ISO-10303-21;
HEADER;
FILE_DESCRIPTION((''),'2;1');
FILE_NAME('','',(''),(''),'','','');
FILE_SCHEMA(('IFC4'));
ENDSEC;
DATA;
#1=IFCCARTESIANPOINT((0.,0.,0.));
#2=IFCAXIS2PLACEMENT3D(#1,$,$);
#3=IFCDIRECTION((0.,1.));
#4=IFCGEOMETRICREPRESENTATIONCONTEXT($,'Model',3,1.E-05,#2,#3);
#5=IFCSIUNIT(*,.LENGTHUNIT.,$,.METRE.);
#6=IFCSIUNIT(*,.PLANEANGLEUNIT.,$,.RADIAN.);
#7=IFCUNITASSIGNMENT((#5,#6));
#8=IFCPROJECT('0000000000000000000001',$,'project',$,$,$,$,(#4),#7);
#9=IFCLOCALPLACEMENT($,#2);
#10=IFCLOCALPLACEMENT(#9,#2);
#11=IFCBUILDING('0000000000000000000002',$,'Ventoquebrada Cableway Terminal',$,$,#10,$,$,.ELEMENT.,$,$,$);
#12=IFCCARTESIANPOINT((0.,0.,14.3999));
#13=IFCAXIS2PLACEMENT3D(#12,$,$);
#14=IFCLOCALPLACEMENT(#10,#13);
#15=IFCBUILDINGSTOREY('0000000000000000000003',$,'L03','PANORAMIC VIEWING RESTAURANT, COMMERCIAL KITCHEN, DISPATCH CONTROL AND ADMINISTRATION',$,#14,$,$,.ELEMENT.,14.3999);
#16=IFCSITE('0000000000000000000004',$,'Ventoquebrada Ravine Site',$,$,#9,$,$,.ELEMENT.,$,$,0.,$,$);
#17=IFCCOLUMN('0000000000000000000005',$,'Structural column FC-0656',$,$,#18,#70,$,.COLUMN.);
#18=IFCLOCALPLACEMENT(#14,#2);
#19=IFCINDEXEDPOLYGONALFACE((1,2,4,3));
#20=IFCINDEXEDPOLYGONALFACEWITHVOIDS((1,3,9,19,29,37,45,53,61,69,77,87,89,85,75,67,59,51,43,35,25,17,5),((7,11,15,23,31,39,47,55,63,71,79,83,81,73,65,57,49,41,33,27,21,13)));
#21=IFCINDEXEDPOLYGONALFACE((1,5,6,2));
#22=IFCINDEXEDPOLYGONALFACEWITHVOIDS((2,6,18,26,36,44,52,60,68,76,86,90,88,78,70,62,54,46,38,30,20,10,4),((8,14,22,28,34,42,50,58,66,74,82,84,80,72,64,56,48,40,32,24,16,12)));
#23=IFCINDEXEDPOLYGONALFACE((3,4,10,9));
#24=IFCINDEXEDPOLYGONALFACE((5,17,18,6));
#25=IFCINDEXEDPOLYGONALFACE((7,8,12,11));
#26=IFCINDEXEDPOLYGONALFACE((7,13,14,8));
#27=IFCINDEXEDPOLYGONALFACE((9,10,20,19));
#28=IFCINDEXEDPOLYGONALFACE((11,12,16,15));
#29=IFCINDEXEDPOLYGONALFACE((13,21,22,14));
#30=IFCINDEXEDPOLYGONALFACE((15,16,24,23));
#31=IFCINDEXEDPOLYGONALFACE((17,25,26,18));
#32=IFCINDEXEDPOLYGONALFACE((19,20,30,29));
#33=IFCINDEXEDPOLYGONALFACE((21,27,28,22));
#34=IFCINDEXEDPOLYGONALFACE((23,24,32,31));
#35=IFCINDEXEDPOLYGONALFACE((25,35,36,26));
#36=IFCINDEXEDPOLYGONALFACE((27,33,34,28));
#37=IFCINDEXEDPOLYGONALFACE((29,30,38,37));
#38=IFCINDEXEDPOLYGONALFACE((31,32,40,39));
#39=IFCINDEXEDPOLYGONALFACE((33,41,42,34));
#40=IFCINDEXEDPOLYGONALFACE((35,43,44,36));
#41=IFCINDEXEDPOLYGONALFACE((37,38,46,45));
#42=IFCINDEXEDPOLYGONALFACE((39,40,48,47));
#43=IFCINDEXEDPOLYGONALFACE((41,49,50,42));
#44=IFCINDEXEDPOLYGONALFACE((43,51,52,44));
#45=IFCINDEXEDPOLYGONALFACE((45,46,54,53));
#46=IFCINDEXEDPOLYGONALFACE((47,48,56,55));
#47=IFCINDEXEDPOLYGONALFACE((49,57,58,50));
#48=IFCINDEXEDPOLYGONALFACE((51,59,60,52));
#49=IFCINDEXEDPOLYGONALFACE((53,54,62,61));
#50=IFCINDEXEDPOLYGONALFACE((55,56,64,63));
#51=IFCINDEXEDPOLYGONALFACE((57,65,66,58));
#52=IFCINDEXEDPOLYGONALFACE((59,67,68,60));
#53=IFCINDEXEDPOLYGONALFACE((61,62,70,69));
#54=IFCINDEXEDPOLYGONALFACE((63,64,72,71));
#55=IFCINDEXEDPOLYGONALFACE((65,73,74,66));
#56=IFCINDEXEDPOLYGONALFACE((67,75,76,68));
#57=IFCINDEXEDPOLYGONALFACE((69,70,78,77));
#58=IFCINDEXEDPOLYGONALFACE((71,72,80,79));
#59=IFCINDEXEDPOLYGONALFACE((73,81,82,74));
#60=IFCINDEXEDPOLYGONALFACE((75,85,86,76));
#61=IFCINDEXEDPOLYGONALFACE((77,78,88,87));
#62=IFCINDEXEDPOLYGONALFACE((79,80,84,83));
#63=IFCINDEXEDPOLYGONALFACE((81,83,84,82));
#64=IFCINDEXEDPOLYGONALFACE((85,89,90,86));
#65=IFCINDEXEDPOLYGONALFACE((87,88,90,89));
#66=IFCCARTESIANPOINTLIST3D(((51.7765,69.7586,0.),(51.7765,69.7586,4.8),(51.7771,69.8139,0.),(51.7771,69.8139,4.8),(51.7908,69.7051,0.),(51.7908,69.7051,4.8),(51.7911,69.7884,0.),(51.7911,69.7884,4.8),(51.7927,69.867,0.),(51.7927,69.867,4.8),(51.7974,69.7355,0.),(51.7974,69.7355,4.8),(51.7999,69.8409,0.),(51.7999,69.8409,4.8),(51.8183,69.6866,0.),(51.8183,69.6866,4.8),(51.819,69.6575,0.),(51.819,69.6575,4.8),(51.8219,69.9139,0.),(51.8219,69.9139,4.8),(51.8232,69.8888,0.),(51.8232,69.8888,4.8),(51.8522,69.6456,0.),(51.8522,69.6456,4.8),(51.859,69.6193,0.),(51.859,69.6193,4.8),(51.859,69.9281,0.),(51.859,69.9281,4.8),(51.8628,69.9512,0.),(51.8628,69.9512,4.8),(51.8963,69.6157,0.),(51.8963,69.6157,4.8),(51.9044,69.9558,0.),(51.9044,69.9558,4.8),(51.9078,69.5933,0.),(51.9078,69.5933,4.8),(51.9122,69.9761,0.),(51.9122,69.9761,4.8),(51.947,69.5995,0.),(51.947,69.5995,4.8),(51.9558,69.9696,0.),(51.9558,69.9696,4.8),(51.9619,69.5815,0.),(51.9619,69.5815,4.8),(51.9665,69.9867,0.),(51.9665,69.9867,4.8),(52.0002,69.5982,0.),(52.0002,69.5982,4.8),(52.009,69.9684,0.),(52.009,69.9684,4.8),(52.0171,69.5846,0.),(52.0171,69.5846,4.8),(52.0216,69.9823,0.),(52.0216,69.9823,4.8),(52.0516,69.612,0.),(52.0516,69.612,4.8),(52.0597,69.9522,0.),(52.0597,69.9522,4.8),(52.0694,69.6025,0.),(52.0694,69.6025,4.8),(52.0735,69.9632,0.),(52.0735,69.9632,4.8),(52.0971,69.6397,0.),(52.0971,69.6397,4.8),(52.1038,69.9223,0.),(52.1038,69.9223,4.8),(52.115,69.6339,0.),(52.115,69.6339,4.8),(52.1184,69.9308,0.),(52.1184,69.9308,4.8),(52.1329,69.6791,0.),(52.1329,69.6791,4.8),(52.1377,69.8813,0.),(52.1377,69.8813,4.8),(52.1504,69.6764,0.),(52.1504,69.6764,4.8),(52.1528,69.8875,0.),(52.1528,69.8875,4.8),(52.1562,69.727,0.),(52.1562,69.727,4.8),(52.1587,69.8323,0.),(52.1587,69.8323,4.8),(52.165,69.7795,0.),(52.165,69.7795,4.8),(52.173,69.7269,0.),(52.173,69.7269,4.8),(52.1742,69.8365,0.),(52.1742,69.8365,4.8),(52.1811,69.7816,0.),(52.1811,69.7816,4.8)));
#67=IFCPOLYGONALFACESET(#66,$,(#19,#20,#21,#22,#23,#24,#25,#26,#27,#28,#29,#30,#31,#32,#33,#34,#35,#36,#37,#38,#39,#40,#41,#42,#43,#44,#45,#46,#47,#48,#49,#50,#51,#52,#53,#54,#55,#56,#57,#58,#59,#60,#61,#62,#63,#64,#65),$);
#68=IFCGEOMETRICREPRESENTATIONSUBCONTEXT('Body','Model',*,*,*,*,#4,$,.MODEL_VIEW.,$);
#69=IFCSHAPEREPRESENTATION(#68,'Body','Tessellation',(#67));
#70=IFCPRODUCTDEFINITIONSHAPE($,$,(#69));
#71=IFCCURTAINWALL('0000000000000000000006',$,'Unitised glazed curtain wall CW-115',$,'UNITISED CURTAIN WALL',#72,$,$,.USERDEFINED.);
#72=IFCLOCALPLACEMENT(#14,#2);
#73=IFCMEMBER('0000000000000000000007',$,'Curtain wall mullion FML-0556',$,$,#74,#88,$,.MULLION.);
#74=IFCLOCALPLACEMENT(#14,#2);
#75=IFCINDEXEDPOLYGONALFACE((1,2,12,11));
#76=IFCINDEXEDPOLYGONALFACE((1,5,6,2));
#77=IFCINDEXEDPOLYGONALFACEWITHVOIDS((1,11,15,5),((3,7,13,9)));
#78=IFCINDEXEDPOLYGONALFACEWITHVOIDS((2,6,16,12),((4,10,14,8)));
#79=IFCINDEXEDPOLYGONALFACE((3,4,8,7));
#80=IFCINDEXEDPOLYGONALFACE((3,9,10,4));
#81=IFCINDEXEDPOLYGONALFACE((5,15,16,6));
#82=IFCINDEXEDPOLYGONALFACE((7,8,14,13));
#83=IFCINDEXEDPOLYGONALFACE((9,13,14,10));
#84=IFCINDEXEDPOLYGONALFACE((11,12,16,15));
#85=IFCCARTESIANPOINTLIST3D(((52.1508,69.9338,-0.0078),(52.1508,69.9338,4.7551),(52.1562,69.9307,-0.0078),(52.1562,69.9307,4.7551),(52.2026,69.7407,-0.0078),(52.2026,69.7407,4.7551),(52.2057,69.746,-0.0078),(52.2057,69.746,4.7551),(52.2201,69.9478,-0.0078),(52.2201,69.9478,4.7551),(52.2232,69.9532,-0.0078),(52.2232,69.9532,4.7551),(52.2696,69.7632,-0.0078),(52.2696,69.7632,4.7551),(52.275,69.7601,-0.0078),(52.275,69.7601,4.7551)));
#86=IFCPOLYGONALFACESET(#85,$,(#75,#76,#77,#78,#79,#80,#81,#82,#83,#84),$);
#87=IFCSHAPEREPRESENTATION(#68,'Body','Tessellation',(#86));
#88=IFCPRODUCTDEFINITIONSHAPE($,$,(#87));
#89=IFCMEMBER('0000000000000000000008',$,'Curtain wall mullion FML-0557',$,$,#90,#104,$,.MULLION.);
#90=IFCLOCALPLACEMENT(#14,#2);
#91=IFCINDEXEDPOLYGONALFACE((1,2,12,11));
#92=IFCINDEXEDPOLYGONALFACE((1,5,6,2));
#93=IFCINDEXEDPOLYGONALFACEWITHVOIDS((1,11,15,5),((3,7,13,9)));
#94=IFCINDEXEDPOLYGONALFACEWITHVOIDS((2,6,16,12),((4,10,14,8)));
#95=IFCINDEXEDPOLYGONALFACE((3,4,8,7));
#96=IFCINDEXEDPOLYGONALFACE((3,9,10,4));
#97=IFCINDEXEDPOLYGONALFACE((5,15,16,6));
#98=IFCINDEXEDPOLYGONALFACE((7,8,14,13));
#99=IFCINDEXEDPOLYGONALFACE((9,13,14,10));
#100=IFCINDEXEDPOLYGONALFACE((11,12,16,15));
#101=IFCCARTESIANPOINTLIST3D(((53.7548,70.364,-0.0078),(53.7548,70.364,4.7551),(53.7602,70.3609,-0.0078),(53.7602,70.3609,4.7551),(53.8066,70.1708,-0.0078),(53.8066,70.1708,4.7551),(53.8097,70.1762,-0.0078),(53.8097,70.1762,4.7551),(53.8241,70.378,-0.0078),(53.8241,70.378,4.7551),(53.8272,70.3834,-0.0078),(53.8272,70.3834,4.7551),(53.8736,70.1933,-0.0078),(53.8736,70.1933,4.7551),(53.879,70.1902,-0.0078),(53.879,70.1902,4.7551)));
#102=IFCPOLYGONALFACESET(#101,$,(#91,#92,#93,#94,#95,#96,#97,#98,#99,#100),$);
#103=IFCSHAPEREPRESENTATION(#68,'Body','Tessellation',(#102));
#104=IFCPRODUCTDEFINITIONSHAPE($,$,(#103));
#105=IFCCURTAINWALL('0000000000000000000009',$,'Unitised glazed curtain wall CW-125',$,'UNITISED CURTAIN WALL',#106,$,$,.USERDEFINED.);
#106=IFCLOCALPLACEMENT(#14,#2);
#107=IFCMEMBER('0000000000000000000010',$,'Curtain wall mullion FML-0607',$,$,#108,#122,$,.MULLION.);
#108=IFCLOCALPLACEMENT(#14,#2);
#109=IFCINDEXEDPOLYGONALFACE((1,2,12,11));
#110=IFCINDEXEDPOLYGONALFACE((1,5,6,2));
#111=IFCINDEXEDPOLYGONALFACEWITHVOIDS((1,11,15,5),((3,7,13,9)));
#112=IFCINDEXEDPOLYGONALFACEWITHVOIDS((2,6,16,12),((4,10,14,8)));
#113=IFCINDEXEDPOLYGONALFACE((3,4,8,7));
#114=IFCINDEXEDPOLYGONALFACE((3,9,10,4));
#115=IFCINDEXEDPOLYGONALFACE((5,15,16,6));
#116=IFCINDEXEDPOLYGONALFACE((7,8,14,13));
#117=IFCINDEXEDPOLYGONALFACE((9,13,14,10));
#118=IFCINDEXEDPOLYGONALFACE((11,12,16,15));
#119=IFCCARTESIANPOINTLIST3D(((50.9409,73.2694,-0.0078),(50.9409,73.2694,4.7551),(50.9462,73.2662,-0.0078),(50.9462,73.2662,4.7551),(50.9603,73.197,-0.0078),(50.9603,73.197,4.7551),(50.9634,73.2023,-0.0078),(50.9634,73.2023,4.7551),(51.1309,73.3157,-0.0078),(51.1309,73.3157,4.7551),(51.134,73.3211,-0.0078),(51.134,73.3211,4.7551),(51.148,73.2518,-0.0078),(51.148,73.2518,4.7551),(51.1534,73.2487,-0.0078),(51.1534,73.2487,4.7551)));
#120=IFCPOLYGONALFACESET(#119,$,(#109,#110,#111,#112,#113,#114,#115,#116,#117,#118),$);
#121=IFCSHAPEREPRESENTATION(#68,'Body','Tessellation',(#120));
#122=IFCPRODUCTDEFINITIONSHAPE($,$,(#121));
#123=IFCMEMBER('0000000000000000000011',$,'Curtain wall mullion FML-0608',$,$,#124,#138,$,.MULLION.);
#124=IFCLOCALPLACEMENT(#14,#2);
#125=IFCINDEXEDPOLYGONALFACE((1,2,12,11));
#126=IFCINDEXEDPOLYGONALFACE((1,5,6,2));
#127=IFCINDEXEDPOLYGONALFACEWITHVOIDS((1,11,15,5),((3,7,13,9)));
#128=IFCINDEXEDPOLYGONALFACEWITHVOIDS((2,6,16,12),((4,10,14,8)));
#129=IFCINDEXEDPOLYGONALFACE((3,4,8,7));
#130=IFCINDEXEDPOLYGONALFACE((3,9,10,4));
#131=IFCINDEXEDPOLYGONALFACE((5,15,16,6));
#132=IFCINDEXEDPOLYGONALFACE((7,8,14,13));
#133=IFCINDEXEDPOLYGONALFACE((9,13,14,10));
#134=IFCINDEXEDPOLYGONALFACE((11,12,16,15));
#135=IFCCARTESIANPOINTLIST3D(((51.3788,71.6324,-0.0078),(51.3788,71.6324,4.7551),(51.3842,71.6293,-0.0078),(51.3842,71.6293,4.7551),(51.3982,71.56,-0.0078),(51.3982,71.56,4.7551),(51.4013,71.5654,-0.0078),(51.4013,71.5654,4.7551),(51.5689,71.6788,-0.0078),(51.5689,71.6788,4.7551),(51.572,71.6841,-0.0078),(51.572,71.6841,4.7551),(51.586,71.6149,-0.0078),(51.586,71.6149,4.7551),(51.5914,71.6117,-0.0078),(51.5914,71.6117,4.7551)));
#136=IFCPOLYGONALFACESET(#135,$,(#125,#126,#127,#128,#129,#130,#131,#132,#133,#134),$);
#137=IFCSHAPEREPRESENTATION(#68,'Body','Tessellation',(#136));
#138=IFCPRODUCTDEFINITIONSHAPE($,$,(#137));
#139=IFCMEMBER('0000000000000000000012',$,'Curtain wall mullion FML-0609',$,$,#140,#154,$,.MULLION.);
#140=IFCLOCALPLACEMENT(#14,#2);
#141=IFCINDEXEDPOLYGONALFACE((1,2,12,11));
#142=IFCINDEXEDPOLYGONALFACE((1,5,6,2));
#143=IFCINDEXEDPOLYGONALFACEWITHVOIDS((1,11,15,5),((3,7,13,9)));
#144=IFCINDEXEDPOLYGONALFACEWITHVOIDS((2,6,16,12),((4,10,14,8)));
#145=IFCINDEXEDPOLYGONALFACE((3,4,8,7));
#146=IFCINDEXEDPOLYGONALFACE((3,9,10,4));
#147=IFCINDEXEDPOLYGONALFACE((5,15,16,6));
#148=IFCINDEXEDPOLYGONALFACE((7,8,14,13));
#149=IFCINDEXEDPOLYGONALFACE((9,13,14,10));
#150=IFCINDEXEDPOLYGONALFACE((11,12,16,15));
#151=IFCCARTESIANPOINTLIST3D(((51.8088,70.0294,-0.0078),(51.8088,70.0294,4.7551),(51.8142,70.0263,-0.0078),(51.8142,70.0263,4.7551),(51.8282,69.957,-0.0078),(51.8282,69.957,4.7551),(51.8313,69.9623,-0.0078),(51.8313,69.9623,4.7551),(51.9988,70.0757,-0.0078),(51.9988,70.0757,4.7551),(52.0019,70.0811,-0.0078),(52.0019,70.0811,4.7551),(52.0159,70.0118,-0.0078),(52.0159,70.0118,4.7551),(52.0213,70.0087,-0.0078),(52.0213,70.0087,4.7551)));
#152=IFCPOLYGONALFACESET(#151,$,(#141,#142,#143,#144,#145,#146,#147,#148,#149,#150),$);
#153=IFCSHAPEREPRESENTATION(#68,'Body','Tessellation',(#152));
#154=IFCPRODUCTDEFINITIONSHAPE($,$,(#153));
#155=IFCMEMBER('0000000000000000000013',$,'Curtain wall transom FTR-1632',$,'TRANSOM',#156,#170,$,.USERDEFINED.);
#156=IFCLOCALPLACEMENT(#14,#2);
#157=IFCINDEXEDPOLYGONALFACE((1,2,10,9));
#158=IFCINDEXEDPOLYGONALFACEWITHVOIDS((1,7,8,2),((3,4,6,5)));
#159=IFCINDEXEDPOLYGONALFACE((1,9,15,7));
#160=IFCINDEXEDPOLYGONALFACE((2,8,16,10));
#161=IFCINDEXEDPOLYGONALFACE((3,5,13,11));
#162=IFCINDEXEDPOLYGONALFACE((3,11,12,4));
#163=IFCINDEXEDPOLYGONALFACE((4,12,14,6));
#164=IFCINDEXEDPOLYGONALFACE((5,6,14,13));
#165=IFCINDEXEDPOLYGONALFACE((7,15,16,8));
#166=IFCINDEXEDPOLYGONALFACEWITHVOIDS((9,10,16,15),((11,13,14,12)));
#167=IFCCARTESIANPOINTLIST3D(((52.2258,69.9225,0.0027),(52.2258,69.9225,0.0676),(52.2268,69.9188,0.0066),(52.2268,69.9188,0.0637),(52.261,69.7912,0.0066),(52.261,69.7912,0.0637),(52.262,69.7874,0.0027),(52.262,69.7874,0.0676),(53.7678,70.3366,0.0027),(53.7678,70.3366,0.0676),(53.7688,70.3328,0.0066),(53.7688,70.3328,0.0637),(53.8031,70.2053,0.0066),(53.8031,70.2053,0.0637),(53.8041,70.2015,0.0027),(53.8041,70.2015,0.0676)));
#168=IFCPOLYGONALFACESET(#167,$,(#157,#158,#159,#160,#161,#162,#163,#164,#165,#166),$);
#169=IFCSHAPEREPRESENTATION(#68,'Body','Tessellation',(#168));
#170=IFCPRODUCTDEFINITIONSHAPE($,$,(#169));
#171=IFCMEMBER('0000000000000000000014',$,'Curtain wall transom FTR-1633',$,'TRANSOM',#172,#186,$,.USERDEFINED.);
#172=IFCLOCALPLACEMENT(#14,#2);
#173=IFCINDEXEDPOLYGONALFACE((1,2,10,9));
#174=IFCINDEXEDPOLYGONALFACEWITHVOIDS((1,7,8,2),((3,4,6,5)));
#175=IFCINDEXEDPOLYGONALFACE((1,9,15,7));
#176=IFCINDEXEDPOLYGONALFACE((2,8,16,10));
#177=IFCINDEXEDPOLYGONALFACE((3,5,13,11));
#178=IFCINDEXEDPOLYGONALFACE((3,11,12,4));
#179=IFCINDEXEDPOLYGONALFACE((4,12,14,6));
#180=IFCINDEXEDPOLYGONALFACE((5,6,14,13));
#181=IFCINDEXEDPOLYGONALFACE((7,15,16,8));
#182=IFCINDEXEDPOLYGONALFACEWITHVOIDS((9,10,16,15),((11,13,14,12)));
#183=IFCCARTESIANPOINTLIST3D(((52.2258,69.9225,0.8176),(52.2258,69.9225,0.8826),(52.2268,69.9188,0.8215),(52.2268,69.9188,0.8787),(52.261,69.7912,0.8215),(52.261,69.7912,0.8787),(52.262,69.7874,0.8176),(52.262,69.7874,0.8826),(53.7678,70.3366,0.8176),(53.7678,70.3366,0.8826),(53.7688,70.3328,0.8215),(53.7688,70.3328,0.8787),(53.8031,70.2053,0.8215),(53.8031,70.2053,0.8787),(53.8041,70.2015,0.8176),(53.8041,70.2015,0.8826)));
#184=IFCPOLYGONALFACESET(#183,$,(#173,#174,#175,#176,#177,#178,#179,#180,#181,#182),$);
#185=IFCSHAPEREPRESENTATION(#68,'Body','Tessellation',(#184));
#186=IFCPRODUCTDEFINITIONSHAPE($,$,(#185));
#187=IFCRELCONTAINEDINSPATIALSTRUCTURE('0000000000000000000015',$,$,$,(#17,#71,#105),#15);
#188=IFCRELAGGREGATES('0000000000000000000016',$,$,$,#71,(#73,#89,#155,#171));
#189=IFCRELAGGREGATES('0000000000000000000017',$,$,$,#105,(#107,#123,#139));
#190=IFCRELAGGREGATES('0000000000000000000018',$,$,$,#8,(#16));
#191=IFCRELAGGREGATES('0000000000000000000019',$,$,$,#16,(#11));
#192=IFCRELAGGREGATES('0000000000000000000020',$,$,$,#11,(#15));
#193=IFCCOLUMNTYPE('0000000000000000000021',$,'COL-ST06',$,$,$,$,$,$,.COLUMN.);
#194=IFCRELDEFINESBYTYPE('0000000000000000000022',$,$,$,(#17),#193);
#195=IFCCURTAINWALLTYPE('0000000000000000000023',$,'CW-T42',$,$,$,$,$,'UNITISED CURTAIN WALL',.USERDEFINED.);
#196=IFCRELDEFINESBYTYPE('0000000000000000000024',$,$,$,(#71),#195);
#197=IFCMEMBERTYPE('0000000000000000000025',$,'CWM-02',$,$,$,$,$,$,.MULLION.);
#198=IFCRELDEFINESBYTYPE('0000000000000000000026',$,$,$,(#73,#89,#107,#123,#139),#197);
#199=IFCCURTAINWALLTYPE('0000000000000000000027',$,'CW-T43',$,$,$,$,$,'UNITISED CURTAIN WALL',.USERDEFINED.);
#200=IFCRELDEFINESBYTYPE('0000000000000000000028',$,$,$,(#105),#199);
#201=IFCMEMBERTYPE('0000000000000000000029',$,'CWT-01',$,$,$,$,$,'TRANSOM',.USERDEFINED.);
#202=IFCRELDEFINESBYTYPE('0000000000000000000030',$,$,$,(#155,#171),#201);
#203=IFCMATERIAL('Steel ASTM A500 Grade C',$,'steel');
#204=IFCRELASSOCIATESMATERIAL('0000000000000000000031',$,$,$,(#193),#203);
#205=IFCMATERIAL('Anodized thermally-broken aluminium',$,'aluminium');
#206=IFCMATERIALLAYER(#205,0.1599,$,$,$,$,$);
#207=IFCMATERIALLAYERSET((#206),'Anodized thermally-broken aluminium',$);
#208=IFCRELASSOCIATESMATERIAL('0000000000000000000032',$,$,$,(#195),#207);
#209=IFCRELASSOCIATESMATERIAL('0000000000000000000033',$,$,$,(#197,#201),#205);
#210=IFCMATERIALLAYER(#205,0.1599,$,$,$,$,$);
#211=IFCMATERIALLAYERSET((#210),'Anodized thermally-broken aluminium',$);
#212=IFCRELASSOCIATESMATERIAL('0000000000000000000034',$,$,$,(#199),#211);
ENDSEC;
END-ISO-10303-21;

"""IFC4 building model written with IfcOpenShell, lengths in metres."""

from ifc_helpers import new_model, si_unit, direction, frame, origin, origin_2d, place, context, subcontext, project, spatial, hollow_rectangle, hollow_circle, extrude, material, layer, layer_set, material_profile, profile_set, type_object, element, aggregate, save


model = new_model("IFC4")

# Units and contexts
model_context = context("Model", 3, precision=1e-05, world=origin(), true_north=direction((0.0, 1.0)))
body_context = subcontext(model_context, "Body", "Model", "MODEL_VIEW")
ifc_project = project(units=[si_unit("LENGTHUNIT", "METRE"), si_unit("PLANEANGLEUNIT", "RADIAN")], contexts=[model_context])

# Site, building, storey
site_placement = place(None, origin())
site = spatial("IfcSite", under=ifc_project, at=site_placement, Name="Ventoquebrada Ravine Site", CompositionType="ELEMENT", RefElevation=0.0)
building_placement = place(site_placement, origin())
building = spatial("IfcBuilding", under=site, at=building_placement, Name="Ventoquebrada Cableway Terminal", CompositionType="ELEMENT")
storey_placement = place(building_placement, frame((0.0, 0.0, 14.3999)))
storey = spatial("IfcBuildingStorey", under=building, at=storey_placement, Name="L03", Description="PANORAMIC VIEWING RESTAURANT, COMMERCIAL KITCHEN, DISPATCH CONTROL AND ADMINISTRATION", CompositionType="ELEMENT", Elevation=14.3999)

# Column
ifc_material_1 = material(Name="Steel ASTM A500 Grade C", Category="steel")
ifc_material_profile_1 = material_profile(ifc_material_1, hollow_circle(Radius=0.2031, WallThickness=0.0161, at=origin_2d()), Name="CHS406.4X16")
ifc_profile_set_1 = profile_set([ifc_material_profile_1], Name="Steel ASTM A500 Grade C")
column_type = type_object("IfcColumnType", Name="COL-ST06", PredefinedType="COLUMN", material=ifc_profile_set_1)
column_placement = place(storey_placement, frame((51.978, 69.7839, 0.0), z_axis=(0.0, 0.0, 1.0), x_axis=(0.965926, 0.258819, 0.0)))
element("IfcColumn", 1, at=column_placement, inside=storey, type_object=column_type, Name="Structural column FC-0656", PredefinedType="COLUMN", context=body_context, shape_type="SweptSolid", body=[
    extrude(hollow_circle(Radius=0.2031, WallThickness=0.0161, at=origin_2d()), origin(), (0.0, 0.0, 1.0), 4.8),
])

# Curtain walls, members
ifc_material_2 = material(Name="Anodized thermally-broken aluminium", Category="aluminium")
ifc_layer_1 = layer(ifc_material_2, 0.1599)
ifc_layer_set_1 = layer_set([ifc_layer_1], Name="Anodized thermally-broken aluminium")
curtain_wall_type_1 = type_object("IfcCurtainWallType", Name="CW-T42", ElementType="UNITISED CURTAIN WALL", PredefinedType="USERDEFINED", material=ifc_layer_set_1)
curtain_wall_1_placement = place(storey_placement, origin())
curtain_wall_1 = element("IfcCurtainWall", 2, at=curtain_wall_1_placement, inside=storey, type_object=curtain_wall_type_1, Name="Unitised glazed curtain wall CW-115", ObjectType="UNITISED CURTAIN WALL", PredefinedType="USERDEFINED")
ifc_material_profile_2 = material_profile(ifc_material_2, hollow_rectangle(XDim=0.075, YDim=0.2, WallThickness=0.0044, at=origin_2d()), Name="CW-MUL-75X200")
ifc_profile_set_2 = profile_set([ifc_material_profile_2], Name="Anodized thermally-broken aluminium")
member_type_1 = type_object("IfcMemberType", Name="CWM-02", PredefinedType="MULLION", material=ifc_profile_set_2)
member_1_placement = place(storey_placement, frame((52.2129, 69.8469, -0.0078), z_axis=(0.0, 0.0, 1.0), x_axis=(0.965921, 0.258836, 0.0)))
member_1 = element("IfcMember", 3, at=member_1_placement, type_object=member_type_1, Name="Curtain wall mullion FML-0556", PredefinedType="MULLION", context=body_context, shape_type="SweptSolid", body=[
    extrude(hollow_rectangle(XDim=0.075, YDim=0.2, WallThickness=0.0044, at=origin_2d()), origin(), (0.0, 0.0, 1.0), 4.7629),
])
member_2_placement = place(storey_placement, frame((53.8169, 70.2771, -0.0078), z_axis=(0.0, 0.0, 1.0), x_axis=(0.965921, 0.258836, 0.0)))
member_2 = element("IfcMember", 4, at=member_2_placement, type_object=member_type_1, Name="Curtain wall mullion FML-0557", PredefinedType="MULLION", context=body_context, shape_type="SweptSolid", body=[
    extrude(hollow_rectangle(XDim=0.075, YDim=0.2, WallThickness=0.0044, at=origin_2d()), origin(), (0.0, 0.0, 1.0), 4.7629),
])
ifc_layer_2 = layer(ifc_material_2, 0.1599)
ifc_layer_set_2 = layer_set([ifc_layer_2], Name="Anodized thermally-broken aluminium")
curtain_wall_type_2 = type_object("IfcCurtainWallType", Name="CW-T43", ElementType="UNITISED CURTAIN WALL", PredefinedType="USERDEFINED", material=ifc_layer_set_2)
curtain_wall_2_placement = place(storey_placement, origin())
curtain_wall_2 = element("IfcCurtainWall", 5, at=curtain_wall_2_placement, inside=storey, type_object=curtain_wall_type_2, Name="Unitised glazed curtain wall CW-125", ObjectType="UNITISED CURTAIN WALL", PredefinedType="USERDEFINED")
member_3_placement = place(storey_placement, frame((51.0471, 73.259, -0.0078), z_axis=(0.0, 0.0, 1.0), x_axis=(0.258836, -0.965921, 0.0)))
member_3 = element("IfcMember", 6, at=member_3_placement, type_object=member_type_1, Name="Curtain wall mullion FML-0607", PredefinedType="MULLION", context=body_context, shape_type="SweptSolid", body=[
    extrude(hollow_rectangle(XDim=0.075, YDim=0.2, WallThickness=0.0044, at=origin_2d()), origin(), (0.0, 0.0, 1.0), 4.7629),
])
member_4_placement = place(storey_placement, frame((51.4851, 71.6221, -0.0078), z_axis=(0.0, 0.0, 1.0), x_axis=(0.258836, -0.965921, 0.0)))
member_4 = element("IfcMember", 7, at=member_4_placement, type_object=member_type_1, Name="Curtain wall mullion FML-0608", PredefinedType="MULLION", context=body_context, shape_type="SweptSolid", body=[
    extrude(hollow_rectangle(XDim=0.075, YDim=0.2, WallThickness=0.0044, at=origin_2d()), origin(), (0.0, 0.0, 1.0), 4.7629),
])
member_5_placement = place(storey_placement, frame((51.915, 70.019, -0.0078), z_axis=(0.0, 0.0, 1.0), x_axis=(0.258836, -0.965921, 0.0)))
member_5 = element("IfcMember", 8, at=member_5_placement, type_object=member_type_1, Name="Curtain wall mullion FML-0609", PredefinedType="MULLION", context=body_context, shape_type="SweptSolid", body=[
    extrude(hollow_rectangle(XDim=0.075, YDim=0.2, WallThickness=0.0044, at=origin_2d()), origin(), (0.0, 0.0, 1.0), 4.7629),
])

# Members
ifc_material_profile_3 = material_profile(ifc_material_2, hollow_rectangle(XDim=0.0649, YDim=0.1399, WallThickness=0.0039, at=origin_2d()), Name="CW-TRN-65X140")
ifc_profile_set_3 = profile_set([ifc_material_profile_3], Name="Anodized thermally-broken aluminium")
member_type_2 = type_object("IfcMemberType", Name="CWT-01", ElementType="TRANSOM", PredefinedType="USERDEFINED", material=ifc_profile_set_3)
member_6_placement = place(storey_placement, frame((52.2439, 69.855, 0.0352), z_axis=(0.965787, 0.259337, 0.0), x_axis=(0.0, 0.0, 1.0)))
member_6 = element("IfcMember", 9, at=member_6_placement, type_object=member_type_2, Name="Curtain wall transom FTR-1632", ObjectType="TRANSOM", PredefinedType="USERDEFINED", context=body_context, shape_type="SweptSolid", body=[
    extrude(hollow_rectangle(XDim=0.0649, YDim=0.1399, WallThickness=0.0039, at=origin_2d()), origin(), (0.0, 0.0, 1.0), 1.5967),
])
member_7_placement = place(storey_placement, frame((52.2439, 69.855, 0.8501), z_axis=(0.965787, 0.259337, 0.0), x_axis=(0.0, 0.0, 1.0)))
member_7 = element("IfcMember", 10, at=member_7_placement, type_object=member_type_2, Name="Curtain wall transom FTR-1633", ObjectType="TRANSOM", PredefinedType="USERDEFINED", context=body_context, shape_type="SweptSolid", body=[
    extrude(hollow_rectangle(XDim=0.0649, YDim=0.1399, WallThickness=0.0039, at=origin_2d()), origin(), (0.0, 0.0, 1.0), 1.5967),
])

aggregate(curtain_wall_1, [member_1, member_2, member_6, member_7])
aggregate(curtain_wall_2, [member_3, member_4, member_5])

save(model, "model.ifc")
